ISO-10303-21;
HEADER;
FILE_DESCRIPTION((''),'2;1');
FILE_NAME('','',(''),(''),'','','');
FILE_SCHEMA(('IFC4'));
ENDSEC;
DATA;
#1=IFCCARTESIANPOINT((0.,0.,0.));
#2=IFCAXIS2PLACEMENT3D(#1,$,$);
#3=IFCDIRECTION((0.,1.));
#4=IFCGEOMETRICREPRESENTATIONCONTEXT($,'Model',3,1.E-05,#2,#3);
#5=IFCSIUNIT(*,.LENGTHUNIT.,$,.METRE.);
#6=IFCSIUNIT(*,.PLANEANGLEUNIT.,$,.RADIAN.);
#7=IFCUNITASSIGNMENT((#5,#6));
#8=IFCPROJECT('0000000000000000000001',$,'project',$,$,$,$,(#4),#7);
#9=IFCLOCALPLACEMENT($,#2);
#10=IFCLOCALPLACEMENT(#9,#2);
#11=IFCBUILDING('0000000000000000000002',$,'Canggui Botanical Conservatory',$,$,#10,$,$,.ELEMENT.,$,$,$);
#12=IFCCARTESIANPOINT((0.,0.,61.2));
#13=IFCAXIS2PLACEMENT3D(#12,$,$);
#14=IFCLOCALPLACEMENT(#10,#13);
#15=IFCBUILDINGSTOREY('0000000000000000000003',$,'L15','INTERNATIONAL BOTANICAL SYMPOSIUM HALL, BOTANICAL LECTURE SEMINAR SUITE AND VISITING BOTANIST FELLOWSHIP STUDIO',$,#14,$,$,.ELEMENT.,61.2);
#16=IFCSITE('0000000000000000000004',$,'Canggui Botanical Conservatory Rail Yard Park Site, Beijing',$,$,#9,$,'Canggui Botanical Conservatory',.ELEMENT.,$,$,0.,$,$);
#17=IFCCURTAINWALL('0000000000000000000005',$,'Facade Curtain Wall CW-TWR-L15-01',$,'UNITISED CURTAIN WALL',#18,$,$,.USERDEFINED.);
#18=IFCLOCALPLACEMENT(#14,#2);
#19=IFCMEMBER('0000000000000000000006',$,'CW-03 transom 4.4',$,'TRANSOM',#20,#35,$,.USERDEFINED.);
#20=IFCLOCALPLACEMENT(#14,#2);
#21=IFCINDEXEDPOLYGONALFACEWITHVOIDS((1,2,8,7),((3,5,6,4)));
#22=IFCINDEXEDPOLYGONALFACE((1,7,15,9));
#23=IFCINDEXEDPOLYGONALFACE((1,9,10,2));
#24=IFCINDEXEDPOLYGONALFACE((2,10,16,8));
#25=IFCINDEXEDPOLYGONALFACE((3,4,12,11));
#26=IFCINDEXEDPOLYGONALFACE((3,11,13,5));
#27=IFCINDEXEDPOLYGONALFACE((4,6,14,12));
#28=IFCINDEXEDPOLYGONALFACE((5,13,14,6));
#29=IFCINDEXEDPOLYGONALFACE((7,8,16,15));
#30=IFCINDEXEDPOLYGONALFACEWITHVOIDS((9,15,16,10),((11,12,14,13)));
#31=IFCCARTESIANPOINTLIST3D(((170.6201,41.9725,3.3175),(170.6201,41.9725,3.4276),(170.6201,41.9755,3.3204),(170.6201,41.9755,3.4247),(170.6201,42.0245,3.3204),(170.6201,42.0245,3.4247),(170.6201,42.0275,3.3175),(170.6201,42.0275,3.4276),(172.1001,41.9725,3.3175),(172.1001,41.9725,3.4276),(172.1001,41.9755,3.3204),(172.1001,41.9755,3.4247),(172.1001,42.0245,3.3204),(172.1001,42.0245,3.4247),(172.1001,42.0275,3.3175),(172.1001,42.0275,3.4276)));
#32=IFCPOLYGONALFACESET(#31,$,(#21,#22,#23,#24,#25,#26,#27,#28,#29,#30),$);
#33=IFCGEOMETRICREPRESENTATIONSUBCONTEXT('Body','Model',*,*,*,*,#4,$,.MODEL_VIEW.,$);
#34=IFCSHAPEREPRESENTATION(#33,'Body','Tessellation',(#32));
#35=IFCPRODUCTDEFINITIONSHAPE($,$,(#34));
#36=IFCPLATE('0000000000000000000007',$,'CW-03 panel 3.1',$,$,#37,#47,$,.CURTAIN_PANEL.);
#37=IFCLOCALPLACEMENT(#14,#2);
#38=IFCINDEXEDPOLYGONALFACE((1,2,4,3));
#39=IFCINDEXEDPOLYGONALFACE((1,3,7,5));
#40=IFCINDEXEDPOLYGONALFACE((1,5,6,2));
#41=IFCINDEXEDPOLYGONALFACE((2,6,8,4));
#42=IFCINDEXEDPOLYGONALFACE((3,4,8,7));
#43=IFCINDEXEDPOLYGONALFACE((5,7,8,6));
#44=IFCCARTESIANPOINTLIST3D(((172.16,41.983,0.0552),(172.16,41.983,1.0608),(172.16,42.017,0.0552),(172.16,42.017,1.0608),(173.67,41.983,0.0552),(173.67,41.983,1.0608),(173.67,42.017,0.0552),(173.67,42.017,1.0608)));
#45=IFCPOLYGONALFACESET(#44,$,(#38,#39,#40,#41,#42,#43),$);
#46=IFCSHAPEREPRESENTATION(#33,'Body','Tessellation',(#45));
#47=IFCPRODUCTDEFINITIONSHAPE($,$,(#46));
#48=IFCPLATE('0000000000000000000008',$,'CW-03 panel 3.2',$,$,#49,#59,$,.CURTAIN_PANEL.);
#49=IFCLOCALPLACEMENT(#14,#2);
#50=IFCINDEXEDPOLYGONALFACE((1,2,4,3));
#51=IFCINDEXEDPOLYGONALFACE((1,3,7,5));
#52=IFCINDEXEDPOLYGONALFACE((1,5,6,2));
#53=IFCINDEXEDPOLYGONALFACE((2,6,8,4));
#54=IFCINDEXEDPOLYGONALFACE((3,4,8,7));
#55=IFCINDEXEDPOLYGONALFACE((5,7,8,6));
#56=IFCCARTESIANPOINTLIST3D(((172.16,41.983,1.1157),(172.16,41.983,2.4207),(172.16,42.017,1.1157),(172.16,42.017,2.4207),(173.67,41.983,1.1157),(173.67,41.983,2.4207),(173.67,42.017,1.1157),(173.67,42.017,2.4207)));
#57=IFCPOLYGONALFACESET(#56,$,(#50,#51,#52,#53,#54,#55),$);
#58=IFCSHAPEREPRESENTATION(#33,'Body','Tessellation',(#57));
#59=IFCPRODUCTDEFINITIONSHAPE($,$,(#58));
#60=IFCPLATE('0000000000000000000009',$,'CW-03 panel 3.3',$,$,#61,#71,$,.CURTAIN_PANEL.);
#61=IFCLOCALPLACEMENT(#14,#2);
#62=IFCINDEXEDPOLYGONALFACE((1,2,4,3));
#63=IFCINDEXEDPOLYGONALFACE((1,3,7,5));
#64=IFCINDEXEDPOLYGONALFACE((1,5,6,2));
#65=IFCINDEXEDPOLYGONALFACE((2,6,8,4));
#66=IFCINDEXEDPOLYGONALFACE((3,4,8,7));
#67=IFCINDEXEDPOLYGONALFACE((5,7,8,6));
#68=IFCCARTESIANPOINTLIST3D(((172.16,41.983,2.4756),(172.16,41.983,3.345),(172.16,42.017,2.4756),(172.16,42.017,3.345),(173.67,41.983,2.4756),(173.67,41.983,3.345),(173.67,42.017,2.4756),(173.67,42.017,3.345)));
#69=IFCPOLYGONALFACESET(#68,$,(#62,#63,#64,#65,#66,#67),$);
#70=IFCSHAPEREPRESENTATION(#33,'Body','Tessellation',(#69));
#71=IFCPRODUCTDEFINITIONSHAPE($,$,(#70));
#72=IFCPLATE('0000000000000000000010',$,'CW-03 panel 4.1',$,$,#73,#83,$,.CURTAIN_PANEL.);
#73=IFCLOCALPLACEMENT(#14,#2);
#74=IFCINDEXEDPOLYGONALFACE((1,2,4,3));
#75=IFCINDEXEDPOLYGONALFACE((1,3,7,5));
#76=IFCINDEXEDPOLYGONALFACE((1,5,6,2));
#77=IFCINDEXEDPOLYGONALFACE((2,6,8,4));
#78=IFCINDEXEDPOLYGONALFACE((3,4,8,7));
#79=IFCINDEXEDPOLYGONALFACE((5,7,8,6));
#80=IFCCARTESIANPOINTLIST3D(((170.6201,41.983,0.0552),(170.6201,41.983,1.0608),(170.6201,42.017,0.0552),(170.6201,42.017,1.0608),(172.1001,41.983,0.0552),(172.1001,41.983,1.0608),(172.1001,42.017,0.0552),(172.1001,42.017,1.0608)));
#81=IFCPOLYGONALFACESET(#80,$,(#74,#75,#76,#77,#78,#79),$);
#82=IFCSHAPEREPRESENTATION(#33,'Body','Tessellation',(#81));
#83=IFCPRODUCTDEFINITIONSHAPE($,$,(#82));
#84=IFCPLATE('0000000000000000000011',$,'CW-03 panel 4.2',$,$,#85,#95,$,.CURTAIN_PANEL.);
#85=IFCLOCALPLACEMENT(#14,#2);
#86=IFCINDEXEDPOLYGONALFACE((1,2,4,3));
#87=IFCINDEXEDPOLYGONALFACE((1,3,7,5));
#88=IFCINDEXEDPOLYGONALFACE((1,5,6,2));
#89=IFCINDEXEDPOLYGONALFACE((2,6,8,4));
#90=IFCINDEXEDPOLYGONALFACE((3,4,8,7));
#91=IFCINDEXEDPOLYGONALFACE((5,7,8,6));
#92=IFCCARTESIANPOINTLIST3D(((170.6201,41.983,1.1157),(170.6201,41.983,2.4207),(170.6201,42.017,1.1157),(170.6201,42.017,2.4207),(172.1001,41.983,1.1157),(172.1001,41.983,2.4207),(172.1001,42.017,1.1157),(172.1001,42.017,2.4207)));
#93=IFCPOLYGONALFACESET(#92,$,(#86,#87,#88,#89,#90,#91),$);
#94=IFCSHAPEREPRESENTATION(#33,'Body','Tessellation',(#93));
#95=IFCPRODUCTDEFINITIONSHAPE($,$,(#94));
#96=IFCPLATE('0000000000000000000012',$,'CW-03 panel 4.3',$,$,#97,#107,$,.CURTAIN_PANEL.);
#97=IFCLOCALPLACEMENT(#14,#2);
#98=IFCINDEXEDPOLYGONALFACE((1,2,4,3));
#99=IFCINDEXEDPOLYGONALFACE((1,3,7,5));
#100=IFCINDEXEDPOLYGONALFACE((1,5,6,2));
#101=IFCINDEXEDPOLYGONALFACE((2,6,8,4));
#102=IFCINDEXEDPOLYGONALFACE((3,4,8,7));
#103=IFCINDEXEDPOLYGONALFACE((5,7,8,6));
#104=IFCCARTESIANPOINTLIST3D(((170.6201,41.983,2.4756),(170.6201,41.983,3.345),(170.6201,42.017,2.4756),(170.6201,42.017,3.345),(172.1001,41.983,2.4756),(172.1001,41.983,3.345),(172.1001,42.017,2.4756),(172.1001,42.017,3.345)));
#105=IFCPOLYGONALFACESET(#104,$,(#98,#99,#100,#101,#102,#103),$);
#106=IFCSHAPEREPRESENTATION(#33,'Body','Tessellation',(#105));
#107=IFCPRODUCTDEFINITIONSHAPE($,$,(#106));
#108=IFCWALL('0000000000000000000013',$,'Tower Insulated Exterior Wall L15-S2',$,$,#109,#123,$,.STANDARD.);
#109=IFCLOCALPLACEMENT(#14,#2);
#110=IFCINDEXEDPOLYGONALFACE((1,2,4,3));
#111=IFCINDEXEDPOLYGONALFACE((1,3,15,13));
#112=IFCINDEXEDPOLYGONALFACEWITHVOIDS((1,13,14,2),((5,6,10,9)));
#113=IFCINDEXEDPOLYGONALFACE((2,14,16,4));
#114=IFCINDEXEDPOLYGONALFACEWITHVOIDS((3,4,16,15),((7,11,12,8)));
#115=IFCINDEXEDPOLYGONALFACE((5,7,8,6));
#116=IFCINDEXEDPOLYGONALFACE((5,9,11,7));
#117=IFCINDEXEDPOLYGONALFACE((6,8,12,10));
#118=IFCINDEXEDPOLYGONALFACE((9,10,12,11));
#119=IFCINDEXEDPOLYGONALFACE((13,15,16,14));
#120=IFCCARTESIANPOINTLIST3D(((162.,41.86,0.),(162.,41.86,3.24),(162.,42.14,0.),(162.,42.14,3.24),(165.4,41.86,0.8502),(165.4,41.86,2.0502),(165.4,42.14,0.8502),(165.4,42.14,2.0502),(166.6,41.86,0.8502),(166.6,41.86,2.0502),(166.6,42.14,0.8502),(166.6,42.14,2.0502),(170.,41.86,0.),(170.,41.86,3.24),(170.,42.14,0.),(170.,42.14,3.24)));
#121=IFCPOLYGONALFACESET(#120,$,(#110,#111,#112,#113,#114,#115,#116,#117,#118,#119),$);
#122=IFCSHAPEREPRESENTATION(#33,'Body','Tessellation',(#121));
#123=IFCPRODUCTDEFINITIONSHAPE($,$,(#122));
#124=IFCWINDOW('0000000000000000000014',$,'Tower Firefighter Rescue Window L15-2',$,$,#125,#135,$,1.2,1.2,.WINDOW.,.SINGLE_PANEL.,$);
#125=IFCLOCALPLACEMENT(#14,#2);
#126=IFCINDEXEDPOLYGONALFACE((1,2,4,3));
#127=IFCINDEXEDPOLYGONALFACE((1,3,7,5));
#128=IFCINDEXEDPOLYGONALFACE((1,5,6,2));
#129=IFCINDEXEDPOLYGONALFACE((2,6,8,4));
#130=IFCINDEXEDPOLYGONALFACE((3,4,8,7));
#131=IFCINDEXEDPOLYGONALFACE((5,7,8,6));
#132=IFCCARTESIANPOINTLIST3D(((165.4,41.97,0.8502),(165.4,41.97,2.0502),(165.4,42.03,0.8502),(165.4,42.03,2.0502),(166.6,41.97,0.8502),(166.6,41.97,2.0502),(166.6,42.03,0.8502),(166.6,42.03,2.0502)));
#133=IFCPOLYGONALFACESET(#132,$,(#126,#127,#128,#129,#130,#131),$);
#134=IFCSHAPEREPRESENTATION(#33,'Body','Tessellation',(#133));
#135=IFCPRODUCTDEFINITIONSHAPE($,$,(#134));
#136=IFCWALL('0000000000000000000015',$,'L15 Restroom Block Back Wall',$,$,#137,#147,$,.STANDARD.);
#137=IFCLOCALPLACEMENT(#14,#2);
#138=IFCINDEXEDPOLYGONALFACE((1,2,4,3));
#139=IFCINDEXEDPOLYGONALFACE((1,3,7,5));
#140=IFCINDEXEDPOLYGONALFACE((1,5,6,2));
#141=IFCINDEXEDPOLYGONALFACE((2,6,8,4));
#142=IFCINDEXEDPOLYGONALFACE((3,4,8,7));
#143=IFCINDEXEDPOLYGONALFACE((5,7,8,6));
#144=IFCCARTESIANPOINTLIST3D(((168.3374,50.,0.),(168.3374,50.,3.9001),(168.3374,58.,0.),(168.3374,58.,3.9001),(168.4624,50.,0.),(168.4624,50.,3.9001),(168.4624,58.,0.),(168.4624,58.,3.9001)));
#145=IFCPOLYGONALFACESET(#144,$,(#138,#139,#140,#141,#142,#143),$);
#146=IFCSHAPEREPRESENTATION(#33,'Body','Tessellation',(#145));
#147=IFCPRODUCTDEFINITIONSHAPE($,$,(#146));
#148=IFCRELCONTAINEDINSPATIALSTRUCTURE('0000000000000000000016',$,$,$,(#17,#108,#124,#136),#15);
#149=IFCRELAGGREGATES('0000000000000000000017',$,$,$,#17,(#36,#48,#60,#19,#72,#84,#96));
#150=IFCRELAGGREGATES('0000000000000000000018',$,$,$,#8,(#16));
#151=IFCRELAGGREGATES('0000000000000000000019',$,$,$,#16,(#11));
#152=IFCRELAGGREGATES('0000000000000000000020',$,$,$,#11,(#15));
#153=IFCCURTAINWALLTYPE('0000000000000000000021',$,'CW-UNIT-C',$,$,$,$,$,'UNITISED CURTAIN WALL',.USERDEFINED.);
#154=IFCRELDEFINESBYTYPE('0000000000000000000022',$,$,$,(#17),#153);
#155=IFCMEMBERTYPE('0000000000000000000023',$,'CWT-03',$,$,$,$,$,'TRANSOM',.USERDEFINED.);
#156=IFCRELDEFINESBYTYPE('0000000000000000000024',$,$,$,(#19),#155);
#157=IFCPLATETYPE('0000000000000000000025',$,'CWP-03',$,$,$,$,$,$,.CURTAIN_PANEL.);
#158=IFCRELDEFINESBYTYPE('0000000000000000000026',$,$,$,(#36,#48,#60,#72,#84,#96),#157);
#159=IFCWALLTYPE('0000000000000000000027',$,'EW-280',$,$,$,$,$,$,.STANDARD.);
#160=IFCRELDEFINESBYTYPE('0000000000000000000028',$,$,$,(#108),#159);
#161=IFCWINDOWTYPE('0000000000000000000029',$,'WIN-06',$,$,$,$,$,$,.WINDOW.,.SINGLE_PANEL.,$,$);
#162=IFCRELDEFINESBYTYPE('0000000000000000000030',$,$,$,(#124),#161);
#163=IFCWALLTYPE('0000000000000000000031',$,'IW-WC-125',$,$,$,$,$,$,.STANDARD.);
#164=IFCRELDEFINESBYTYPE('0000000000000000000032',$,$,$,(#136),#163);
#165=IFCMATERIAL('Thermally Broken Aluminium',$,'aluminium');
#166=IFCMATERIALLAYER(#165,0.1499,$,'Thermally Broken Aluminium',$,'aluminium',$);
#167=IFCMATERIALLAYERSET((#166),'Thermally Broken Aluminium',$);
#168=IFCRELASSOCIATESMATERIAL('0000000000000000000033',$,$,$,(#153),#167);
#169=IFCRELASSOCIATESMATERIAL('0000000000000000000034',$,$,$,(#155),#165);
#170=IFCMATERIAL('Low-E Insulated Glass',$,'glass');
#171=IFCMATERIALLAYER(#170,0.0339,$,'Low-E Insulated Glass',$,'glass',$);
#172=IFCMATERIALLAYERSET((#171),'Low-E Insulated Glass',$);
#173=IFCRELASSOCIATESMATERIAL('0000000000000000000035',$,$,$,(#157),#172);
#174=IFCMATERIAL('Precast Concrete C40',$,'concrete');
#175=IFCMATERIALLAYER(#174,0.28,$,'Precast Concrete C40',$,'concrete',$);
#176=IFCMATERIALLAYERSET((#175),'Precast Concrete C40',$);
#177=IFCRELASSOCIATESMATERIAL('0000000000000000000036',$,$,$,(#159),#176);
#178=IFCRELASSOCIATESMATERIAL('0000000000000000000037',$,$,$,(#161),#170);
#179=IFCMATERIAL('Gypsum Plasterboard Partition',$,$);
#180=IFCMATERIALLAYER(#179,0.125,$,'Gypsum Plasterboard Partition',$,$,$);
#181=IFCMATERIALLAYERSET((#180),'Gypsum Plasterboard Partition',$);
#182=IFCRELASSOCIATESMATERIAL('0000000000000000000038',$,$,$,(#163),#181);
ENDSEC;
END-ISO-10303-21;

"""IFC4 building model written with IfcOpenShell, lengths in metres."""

from ifc_helpers import new_model, si_unit, direction, frame, frame_2d, origin, origin_2d, place, context, subcontext, project, spatial, rectangle, hollow_rectangle, extrude, material, layer, layer_set, material_profile, profile_set, type_object, element, fill, aggregate, save


model = new_model("IFC4")

# Units and contexts
model_context = context("Model", 3, precision=1e-05, world=origin(), true_north=direction((0.0, 1.0)))
body_context = subcontext(model_context, "Body", "Model", "MODEL_VIEW")
ifc_project = project(units=[si_unit("LENGTHUNIT", "METRE"), si_unit("PLANEANGLEUNIT", "RADIAN")], contexts=[model_context])

# Site, building, storey
site_placement = place(None, origin())
site = spatial("IfcSite", under=ifc_project, at=site_placement, Name="Canggui Botanical Conservatory Rail Yard Park Site, Beijing", LongName="Canggui Botanical Conservatory", CompositionType="ELEMENT", RefElevation=0.0)
building_placement = place(site_placement, origin())
building = spatial("IfcBuilding", under=site, at=building_placement, Name="Canggui Botanical Conservatory", CompositionType="ELEMENT")
storey_placement = place(building_placement, frame((0.0, 0.0, 61.2)))
storey = spatial("IfcBuildingStorey", under=building, at=storey_placement, Name="L15", Description="INTERNATIONAL BOTANICAL SYMPOSIUM HALL, BOTANICAL LECTURE SEMINAR SUITE AND VISITING BOTANIST FELLOWSHIP STUDIO", CompositionType="ELEMENT", Elevation=61.2)

# Curtain wall, member, plates
ifc_material_1 = material(Name="Thermally Broken Aluminium", Category="aluminium")
ifc_layer_1 = layer(ifc_material_1, 0.1499, Name="Thermally Broken Aluminium", Category="aluminium")
ifc_layer_set_1 = layer_set([ifc_layer_1], Name="Thermally Broken Aluminium")
curtain_wall_type = type_object("IfcCurtainWallType", Name="CW-UNIT-C", ElementType="UNITISED CURTAIN WALL", PredefinedType="USERDEFINED", material=ifc_layer_set_1)
curtain_wall_placement = place(storey_placement, origin())
curtain_wall = element("IfcCurtainWall", 1, at=curtain_wall_placement, inside=storey, type_object=curtain_wall_type, Name="Facade Curtain Wall CW-TWR-L15-01", ObjectType="UNITISED CURTAIN WALL", PredefinedType="USERDEFINED")
ifc_material_profile_1 = material_profile(ifc_material_1, hollow_rectangle(XDim=0.0549, YDim=0.1101, WallThickness=0.0029, at=origin_2d()), Name="CWT 55x110x3")
ifc_profile_set_1 = profile_set([ifc_material_profile_1], Name="Thermally Broken Aluminium")
member_type_1 = type_object("IfcMemberType", Name="CWT-03", ElementType="TRANSOM", PredefinedType="USERDEFINED", material=ifc_profile_set_1)
member_1_placement = place(storey_placement, frame((172.1001, 42.0, 3.3726), z_axis=(-1.0, 0.0, 0.0), x_axis=(0.0, -1.0, 0.0)))
member_1 = element("IfcMember", 2, at=member_1_placement, type_object=member_type_1, Name="CW-03 transom 4.4", ObjectType="TRANSOM", PredefinedType="USERDEFINED", context=body_context, shape_type="SweptSolid", body=[
    extrude(hollow_rectangle(XDim=0.0549, YDim=0.1101, WallThickness=0.0029, at=origin_2d()), origin(), (0.0, 0.0, 1.0), 1.48),
])
ifc_material_2 = material(Name="Low-E Insulated Glass", Category="glass")
ifc_layer_2 = layer(ifc_material_2, 0.0339, Name="Low-E Insulated Glass", Category="glass")
ifc_layer_set_2 = layer_set([ifc_layer_2], Name="Low-E Insulated Glass")
plate_type = type_object("IfcPlateType", Name="CWP-03", PredefinedType="CURTAIN_PANEL", material=ifc_layer_set_2)
plate_1_placement = place(storey_placement, frame((172.915, 42.0, 0.0552), z_axis=(0.0, 0.0, 1.0), x_axis=(-1.0, 0.0, 0.0)))
plate_1 = element("IfcPlate", 3, at=plate_1_placement, type_object=plate_type, Name="CW-03 panel 3.1", PredefinedType="CURTAIN_PANEL", context=body_context, shape_type="SweptSolid", body=[
    extrude(rectangle(XDim=1.51, YDim=0.0339, at=origin_2d()), origin(), (0.0, 0.0, 1.0), 1.0056),
])
plate_2_placement = place(storey_placement, frame((172.915, 42.0, 1.1157), z_axis=(0.0, 0.0, 1.0), x_axis=(-1.0, 0.0, 0.0)))
plate_2 = element("IfcPlate", 4, at=plate_2_placement, type_object=plate_type, Name="CW-03 panel 3.2", PredefinedType="CURTAIN_PANEL", context=body_context, shape_type="SweptSolid", body=[
    extrude(rectangle(XDim=1.51, YDim=0.0339, at=origin_2d()), origin(), (0.0, 0.0, 1.0), 1.3049),
])
plate_3_placement = place(storey_placement, frame((172.915, 42.0, 2.4756), z_axis=(0.0, 0.0, 1.0), x_axis=(-1.0, 0.0, 0.0)))
plate_3 = element("IfcPlate", 5, at=plate_3_placement, type_object=plate_type, Name="CW-03 panel 3.3", PredefinedType="CURTAIN_PANEL", context=body_context, shape_type="SweptSolid", body=[
    extrude(rectangle(XDim=1.51, YDim=0.0339, at=origin_2d()), origin(), (0.0, 0.0, 1.0), 0.8694),
])
plate_4_placement = place(storey_placement, frame((171.3601, 42.0, 0.0552), z_axis=(0.0, 0.0, 1.0), x_axis=(-1.0, 0.0, 0.0)))
plate_4 = element("IfcPlate", 6, at=plate_4_placement, type_object=plate_type, Name="CW-03 panel 4.1", PredefinedType="CURTAIN_PANEL", context=body_context, shape_type="SweptSolid", body=[
    extrude(rectangle(XDim=1.48, YDim=0.0339, at=origin_2d()), origin(), (0.0, 0.0, 1.0), 1.0056),
])
plate_5_placement = place(storey_placement, frame((171.3601, 42.0, 1.1157), z_axis=(0.0, 0.0, 1.0), x_axis=(-1.0, 0.0, 0.0)))
plate_5 = element("IfcPlate", 7, at=plate_5_placement, type_object=plate_type, Name="CW-03 panel 4.2", PredefinedType="CURTAIN_PANEL", context=body_context, shape_type="SweptSolid", body=[
    extrude(rectangle(XDim=1.48, YDim=0.0339, at=origin_2d()), origin(), (0.0, 0.0, 1.0), 1.3049),
])
plate_6_placement = place(storey_placement, frame((171.3601, 42.0, 2.4756), z_axis=(0.0, 0.0, 1.0), x_axis=(-1.0, 0.0, 0.0)))
plate_6 = element("IfcPlate", 8, at=plate_6_placement, type_object=plate_type, Name="CW-03 panel 4.3", PredefinedType="CURTAIN_PANEL", context=body_context, shape_type="SweptSolid", body=[
    extrude(rectangle(XDim=1.48, YDim=0.0339, at=origin_2d()), origin(), (0.0, 0.0, 1.0), 0.8694),
])
aggregate(curtain_wall, [plate_1, plate_2, plate_3, member_1, plate_4, plate_5, plate_6])

# Wall, opening, window
ifc_material_3 = material(Name="Precast Concrete C40", Category="concrete")
ifc_layer_3 = layer(ifc_material_3, 0.28, Name="Precast Concrete C40", Category="concrete")
ifc_layer_set_3 = layer_set([ifc_layer_3], Name="Precast Concrete C40")
wall_type_1 = type_object("IfcWallType", Name="EW-280", PredefinedType="STANDARD", material=ifc_layer_set_3)
wall_1_placement = place(storey_placement, frame((170.0, 42.0, 0.0), z_axis=(0.0, 0.0, 1.0), x_axis=(-1.0, 0.0, 0.0)))
wall_1 = element("IfcWall", 9, at=wall_1_placement, inside=storey, type_object=wall_type_1, Name="Tower Insulated Exterior Wall L15-S2", PredefinedType="STANDARD", context=body_context, shape_type="SweptSolid", body=[
    extrude(rectangle(XDim=8.0, YDim=0.28, at=frame_2d((4.0, 0.0))), origin(), (0.0, 0.0, 1.0), 3.24),
])
opening_placement = place(wall_1_placement, frame((3.3999, 0.0, 0.8501)))
opening = element("IfcOpeningElement", 10, at=opening_placement, cuts=wall_1, PredefinedType="OPENING", context=body_context, shape_type="SweptSolid", body=[
    extrude(rectangle(XDim=1.2, YDim=1.2, at=frame_2d((0.6001, 0.6001))), frame((0.0, 0.1499, 0.0), z_axis=(0.0, -1.0, 0.0), x_axis=(1.0, 0.0, 0.0)), (0.0, 0.0, 1.0), 0.3),
])
window_type = type_object("IfcWindowType", Name="WIN-06", PartitioningType="SINGLE_PANEL", PredefinedType="WINDOW", material=ifc_material_2)
window_placement = place(opening_placement, origin())
window = element("IfcWindow", 11, at=window_placement, inside=storey, type_object=window_type, Name="Tower Firefighter Rescue Window L15-2", OverallHeight=1.2, OverallWidth=1.2, PartitioningType="SINGLE_PANEL", PredefinedType="WINDOW", context=body_context, shape_type="SweptSolid", body=[
    extrude(rectangle(XDim=1.2, YDim=1.2, at=frame_2d((0.6001, 0.6001))), frame((0.0, 0.03, 0.0), z_axis=(0.0, -1.0, 0.0), x_axis=(1.0, 0.0, 0.0)), (0.0, 0.0, 1.0), 0.0601),
])
fill(opening, window)

# Wall
ifc_material_4 = material(Name="Gypsum Plasterboard Partition")
ifc_layer_4 = layer(ifc_material_4, 0.125, Name="Gypsum Plasterboard Partition")
ifc_layer_set_4 = layer_set([ifc_layer_4], Name="Gypsum Plasterboard Partition")
wall_type_2 = type_object("IfcWallType", Name="IW-WC-125", PredefinedType="STANDARD", material=ifc_layer_set_4)
wall_2_placement = place(storey_placement, frame((168.3999, 50.0, 0.0), z_axis=(0.0, 0.0, 1.0), x_axis=(0.0, 1.0, 0.0)))
element("IfcWall", 12, at=wall_2_placement, inside=storey, type_object=wall_type_2, Name="L15 Restroom Block Back Wall", PredefinedType="STANDARD", context=body_context, shape_type="SweptSolid", body=[
    extrude(rectangle(XDim=8.0, YDim=0.125, at=frame_2d((4.0, 0.0))), origin(), (0.0, 0.0, 1.0), 3.9001),
])

save(model, "model.ifc")
